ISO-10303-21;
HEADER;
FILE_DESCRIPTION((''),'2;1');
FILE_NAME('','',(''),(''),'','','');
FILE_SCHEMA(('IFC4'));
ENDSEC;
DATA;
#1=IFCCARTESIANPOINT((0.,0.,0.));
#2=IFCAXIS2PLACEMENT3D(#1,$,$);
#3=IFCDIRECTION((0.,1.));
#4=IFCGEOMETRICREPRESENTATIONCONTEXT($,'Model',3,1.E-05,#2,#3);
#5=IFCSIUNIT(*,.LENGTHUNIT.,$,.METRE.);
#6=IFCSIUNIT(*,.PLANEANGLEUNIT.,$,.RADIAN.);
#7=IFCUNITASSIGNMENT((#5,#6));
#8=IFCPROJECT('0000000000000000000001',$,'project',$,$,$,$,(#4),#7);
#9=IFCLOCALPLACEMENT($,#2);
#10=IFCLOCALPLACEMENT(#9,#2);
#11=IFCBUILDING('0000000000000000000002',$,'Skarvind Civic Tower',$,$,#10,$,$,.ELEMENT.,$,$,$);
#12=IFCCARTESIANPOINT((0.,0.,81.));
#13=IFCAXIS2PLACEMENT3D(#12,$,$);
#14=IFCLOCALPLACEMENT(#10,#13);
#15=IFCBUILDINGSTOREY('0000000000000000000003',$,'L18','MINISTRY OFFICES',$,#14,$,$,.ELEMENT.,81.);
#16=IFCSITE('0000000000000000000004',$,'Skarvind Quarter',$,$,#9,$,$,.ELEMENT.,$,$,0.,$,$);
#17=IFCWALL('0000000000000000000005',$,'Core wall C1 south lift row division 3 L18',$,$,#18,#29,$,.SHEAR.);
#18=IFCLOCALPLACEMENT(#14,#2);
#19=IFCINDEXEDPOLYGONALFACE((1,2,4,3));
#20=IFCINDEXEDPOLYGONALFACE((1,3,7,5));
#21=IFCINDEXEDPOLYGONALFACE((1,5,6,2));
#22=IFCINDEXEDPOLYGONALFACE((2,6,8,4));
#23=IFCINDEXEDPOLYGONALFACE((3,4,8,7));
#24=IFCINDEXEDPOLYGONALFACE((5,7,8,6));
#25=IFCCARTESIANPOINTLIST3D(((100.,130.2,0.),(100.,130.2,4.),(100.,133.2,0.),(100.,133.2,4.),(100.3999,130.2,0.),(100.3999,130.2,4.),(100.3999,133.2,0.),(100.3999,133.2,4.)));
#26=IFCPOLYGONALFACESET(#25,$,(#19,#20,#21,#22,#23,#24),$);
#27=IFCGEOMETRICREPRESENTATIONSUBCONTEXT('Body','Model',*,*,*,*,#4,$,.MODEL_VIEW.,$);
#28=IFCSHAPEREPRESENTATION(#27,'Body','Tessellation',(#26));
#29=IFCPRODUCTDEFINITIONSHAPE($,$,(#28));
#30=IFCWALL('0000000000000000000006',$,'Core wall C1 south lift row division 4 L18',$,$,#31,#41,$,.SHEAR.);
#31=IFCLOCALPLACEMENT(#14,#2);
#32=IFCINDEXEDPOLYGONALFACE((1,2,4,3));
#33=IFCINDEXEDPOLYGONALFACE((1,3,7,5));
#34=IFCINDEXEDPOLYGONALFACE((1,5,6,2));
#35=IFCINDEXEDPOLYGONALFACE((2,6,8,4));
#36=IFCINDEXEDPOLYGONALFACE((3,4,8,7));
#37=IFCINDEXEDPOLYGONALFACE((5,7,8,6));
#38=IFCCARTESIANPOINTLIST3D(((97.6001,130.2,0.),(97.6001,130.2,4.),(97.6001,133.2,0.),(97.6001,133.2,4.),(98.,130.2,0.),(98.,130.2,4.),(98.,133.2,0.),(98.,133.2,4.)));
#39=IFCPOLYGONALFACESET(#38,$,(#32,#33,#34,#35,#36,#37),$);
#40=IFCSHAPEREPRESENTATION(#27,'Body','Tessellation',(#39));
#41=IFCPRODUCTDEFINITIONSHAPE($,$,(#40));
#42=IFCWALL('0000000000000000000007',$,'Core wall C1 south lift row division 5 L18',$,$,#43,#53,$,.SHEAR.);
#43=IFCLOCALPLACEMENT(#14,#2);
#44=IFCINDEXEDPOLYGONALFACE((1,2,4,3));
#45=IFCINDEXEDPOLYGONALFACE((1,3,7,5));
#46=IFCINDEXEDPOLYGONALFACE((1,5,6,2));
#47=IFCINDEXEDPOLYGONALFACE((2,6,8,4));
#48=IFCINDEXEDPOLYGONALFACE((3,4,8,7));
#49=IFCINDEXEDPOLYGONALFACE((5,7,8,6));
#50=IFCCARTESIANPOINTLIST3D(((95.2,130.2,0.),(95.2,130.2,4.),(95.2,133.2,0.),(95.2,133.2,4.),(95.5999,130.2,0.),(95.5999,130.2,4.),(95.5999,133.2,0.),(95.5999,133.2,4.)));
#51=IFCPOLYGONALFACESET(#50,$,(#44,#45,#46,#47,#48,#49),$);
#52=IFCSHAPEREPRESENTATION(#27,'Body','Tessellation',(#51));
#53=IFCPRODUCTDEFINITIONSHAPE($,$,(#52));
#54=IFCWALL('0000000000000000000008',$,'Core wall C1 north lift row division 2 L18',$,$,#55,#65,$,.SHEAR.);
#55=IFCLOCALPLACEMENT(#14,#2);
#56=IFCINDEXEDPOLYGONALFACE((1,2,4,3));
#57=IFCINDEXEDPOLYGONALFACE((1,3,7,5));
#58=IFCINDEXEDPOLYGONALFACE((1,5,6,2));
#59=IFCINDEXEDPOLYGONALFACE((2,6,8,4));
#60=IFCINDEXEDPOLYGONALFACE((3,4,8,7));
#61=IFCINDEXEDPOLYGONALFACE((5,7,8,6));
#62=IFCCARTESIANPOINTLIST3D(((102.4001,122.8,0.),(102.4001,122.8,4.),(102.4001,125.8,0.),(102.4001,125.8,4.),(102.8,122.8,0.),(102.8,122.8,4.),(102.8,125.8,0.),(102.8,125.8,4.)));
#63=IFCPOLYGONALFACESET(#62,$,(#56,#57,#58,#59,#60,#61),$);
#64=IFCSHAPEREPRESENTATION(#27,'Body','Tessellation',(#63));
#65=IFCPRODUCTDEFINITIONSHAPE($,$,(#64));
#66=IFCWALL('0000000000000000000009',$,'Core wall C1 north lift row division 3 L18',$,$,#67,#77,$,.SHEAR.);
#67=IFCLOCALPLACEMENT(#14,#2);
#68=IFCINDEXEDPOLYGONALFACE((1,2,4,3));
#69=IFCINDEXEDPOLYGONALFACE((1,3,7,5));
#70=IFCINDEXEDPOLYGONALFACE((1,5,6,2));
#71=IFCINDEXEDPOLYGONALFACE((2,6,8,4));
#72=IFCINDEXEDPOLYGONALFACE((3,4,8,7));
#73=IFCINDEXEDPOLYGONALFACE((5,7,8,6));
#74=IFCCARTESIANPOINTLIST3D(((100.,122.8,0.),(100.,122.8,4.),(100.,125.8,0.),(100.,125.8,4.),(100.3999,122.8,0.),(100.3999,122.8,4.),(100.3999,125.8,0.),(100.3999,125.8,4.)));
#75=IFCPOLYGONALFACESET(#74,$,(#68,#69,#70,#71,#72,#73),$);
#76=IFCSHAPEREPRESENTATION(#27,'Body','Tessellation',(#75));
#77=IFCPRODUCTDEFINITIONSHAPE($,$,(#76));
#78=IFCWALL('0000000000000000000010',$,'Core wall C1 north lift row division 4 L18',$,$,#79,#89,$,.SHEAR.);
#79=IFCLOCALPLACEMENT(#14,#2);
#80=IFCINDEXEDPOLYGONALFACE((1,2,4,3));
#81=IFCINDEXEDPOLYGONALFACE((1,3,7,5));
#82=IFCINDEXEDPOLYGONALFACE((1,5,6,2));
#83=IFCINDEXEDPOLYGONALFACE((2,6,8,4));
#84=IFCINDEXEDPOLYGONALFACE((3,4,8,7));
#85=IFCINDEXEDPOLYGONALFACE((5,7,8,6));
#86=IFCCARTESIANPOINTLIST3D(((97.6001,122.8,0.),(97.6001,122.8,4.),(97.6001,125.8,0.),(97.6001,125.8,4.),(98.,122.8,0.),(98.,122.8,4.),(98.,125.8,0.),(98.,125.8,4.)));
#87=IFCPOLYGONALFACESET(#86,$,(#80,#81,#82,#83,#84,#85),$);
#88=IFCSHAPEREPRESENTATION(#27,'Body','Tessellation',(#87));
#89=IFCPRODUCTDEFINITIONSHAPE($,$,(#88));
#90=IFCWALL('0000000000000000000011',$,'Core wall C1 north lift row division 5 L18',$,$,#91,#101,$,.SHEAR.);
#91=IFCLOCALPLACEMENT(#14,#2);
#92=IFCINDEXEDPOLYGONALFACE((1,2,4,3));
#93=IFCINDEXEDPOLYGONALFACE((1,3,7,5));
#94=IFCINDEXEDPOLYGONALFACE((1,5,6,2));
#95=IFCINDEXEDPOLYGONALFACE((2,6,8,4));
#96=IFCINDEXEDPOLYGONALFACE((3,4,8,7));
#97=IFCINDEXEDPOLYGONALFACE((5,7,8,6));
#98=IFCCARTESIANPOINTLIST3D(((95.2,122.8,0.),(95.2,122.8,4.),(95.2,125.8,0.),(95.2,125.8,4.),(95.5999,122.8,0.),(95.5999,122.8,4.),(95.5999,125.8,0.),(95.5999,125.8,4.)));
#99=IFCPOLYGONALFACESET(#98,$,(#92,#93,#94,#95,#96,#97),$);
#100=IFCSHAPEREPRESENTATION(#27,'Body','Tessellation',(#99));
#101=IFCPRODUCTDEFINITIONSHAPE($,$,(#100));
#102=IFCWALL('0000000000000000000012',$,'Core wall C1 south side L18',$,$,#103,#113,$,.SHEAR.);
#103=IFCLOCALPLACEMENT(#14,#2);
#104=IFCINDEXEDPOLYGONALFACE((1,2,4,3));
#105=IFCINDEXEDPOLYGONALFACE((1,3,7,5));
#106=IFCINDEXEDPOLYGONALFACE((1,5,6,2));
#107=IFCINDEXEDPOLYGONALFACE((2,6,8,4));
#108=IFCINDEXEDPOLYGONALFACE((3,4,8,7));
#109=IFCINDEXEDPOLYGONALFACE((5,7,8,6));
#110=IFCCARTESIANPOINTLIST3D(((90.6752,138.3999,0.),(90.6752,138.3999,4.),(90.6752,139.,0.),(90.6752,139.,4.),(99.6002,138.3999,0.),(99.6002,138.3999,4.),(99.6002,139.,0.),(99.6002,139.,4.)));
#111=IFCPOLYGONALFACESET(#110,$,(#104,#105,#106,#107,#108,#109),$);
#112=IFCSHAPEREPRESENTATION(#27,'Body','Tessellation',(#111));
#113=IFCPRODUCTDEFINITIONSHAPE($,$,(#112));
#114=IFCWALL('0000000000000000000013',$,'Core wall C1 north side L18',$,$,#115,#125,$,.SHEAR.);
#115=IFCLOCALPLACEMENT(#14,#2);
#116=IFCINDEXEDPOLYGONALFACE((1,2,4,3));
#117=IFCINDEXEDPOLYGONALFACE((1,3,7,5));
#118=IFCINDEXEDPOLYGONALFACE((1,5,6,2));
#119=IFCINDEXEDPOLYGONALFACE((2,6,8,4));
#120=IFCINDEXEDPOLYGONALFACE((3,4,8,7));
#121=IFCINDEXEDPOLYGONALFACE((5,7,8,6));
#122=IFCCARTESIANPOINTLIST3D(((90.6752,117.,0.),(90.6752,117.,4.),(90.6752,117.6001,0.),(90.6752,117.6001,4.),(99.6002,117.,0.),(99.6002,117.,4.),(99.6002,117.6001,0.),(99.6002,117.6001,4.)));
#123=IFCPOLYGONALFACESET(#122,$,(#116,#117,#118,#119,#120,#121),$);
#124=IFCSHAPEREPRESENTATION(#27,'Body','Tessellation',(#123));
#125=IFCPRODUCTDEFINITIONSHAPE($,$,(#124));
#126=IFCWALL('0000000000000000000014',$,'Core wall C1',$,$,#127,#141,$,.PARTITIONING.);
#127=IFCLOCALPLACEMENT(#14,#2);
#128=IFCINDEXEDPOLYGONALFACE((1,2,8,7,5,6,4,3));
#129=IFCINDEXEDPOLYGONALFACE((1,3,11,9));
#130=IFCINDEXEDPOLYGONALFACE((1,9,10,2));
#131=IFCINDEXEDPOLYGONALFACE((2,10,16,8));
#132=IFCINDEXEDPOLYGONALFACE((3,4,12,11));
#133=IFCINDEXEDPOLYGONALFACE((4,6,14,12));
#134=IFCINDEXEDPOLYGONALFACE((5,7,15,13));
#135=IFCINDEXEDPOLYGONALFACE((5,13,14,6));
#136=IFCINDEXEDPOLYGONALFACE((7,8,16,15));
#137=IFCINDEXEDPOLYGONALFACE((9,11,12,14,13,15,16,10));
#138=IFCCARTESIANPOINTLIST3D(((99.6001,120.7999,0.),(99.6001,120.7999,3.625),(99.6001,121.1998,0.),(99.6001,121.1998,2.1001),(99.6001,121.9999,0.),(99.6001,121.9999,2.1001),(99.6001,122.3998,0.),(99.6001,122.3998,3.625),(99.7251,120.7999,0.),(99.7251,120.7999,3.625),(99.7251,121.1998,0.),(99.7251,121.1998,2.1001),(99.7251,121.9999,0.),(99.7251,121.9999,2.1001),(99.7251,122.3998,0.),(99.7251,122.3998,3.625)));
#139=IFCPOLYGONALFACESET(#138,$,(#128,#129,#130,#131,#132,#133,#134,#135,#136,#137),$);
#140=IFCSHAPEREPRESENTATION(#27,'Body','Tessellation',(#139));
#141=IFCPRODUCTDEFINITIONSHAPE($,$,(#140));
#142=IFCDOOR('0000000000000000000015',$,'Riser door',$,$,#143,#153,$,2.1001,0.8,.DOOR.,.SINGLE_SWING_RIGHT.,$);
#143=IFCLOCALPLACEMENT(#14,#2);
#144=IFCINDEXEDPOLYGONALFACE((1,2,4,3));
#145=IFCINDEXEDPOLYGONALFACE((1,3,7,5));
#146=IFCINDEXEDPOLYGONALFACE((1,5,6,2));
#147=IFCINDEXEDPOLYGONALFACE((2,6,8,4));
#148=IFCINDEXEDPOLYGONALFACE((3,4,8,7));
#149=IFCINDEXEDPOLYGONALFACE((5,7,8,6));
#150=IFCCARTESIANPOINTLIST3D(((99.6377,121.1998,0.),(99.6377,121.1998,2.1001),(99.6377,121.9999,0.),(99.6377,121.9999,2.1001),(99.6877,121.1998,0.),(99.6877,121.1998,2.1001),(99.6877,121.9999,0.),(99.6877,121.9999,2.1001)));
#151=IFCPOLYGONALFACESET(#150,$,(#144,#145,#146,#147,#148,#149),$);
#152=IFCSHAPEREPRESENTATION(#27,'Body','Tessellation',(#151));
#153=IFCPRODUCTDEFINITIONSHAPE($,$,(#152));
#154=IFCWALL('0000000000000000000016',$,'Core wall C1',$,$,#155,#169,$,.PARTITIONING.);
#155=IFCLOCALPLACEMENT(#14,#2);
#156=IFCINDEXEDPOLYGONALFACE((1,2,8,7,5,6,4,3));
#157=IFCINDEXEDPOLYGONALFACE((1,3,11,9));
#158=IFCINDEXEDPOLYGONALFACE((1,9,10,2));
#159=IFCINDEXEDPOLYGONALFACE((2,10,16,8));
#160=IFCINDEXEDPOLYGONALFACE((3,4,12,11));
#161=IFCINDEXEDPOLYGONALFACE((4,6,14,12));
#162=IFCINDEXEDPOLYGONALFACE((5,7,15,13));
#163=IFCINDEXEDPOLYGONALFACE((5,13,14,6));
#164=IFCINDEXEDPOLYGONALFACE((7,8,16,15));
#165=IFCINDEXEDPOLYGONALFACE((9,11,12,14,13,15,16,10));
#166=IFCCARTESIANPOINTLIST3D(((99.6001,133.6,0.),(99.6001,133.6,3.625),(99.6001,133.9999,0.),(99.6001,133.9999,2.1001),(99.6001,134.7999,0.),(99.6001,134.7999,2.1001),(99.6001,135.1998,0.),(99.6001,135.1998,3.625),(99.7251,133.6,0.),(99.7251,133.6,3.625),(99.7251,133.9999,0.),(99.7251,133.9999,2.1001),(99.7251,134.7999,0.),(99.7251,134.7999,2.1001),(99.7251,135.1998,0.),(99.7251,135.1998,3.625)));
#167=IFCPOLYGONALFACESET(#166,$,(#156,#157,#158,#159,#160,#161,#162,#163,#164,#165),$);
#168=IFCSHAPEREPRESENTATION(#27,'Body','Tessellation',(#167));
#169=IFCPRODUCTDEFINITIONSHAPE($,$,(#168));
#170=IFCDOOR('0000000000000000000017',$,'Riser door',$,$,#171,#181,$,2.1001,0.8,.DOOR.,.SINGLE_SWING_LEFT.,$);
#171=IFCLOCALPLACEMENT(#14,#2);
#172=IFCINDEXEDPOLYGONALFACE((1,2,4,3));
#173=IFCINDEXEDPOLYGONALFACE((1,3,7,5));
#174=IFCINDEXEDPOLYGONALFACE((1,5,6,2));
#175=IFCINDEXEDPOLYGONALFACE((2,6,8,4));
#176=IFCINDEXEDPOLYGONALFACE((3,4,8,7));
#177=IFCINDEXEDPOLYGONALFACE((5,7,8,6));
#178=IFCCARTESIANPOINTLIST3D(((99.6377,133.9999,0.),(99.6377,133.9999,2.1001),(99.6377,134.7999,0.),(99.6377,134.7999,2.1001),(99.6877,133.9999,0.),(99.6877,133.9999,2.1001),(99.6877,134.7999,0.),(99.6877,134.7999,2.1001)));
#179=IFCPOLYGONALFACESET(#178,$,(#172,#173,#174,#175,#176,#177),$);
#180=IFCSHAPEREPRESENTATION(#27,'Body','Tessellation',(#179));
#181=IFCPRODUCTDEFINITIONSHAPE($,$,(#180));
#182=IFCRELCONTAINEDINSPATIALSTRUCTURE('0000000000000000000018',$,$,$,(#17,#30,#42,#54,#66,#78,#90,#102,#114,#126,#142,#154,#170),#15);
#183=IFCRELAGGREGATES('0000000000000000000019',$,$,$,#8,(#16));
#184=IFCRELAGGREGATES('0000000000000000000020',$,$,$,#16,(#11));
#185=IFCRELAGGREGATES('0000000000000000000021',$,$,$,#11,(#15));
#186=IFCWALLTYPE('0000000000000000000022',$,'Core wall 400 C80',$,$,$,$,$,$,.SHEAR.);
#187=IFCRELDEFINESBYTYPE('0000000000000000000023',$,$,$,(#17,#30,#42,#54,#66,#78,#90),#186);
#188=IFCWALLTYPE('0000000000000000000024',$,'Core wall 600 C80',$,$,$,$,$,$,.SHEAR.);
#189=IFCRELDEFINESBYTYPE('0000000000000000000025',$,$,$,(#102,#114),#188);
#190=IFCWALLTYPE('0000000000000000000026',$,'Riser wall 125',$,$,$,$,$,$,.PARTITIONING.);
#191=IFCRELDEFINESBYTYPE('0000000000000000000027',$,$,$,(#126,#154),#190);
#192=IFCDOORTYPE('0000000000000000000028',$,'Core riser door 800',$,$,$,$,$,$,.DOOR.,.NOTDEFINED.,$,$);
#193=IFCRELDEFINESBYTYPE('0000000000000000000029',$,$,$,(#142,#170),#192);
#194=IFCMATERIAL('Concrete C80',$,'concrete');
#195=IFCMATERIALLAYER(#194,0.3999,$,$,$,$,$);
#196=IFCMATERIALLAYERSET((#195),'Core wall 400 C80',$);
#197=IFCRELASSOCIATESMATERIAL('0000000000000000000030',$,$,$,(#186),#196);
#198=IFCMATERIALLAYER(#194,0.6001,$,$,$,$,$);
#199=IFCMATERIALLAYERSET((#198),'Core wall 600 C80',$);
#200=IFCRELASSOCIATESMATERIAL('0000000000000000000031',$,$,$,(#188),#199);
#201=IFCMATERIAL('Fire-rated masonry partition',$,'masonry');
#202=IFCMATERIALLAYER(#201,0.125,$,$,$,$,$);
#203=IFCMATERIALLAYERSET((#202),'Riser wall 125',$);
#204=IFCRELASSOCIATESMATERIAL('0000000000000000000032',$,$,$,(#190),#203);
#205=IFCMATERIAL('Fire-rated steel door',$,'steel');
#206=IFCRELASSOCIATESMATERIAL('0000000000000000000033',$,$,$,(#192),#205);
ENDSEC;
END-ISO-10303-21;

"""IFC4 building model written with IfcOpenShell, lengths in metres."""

from ifc_helpers import new_model, si_unit, direction, frame, frame_2d, origin, place, context, subcontext, project, spatial, rectangle, extrude, material, layer, layer_set, type_object, element, fill, save


model = new_model("IFC4")

# Units and contexts
model_context = context("Model", 3, precision=1e-05, world=origin(), true_north=direction((0.0, 1.0)))
body_context = subcontext(model_context, "Body", "Model", "MODEL_VIEW")
ifc_project = project(units=[si_unit("LENGTHUNIT", "METRE"), si_unit("PLANEANGLEUNIT", "RADIAN")], contexts=[model_context])

# Site, building, storey
site_placement = place(None, origin())
site = spatial("IfcSite", under=ifc_project, at=site_placement, Name="Skarvind Quarter", CompositionType="ELEMENT", RefElevation=0.0)
building_placement = place(site_placement, origin())
building = spatial("IfcBuilding", under=site, at=building_placement, Name="Skarvind Civic Tower", CompositionType="ELEMENT")
storey_placement = place(building_placement, frame((0.0, 0.0, 81.0)))
storey = spatial("IfcBuildingStorey", under=building, at=storey_placement, Name="L18", Description="MINISTRY OFFICES", CompositionType="ELEMENT", Elevation=81.0)

# Shared definitions
ifc_material_1 = material(Name="Fire-rated masonry partition", Category="masonry")
ifc_material_2 = material(Name="Fire-rated steel door", Category="steel")
ifc_material_3 = material(Name="Concrete C80", Category="concrete")
ifc_layer_1 = layer(ifc_material_3, 0.3999)
ifc_layer_set_1 = layer_set([ifc_layer_1], Name="Core wall 400 C80")
wall_type_1 = type_object("IfcWallType", Name="Core wall 400 C80", PredefinedType="SHEAR", material=ifc_layer_set_1)

# Walls
for number, where, z_axis, x_axis, name in (
    (1, (100.2, 133.2, 0.0), (0.0, 0.0, 1.0), (0.0, -1.0, 0.0), "Core wall C1 south lift row division 3 L18"),
    (2, (97.8, 133.2, 0.0), (0.0, 0.0, 1.0), (0.0, -1.0, 0.0), "Core wall C1 south lift row division 4 L18"),
    (3, (95.3999, 133.2, 0.0), (0.0, 0.0, 1.0), (0.0, -1.0, 0.0), "Core wall C1 south lift row division 5 L18"),
    (4, (102.6001, 125.8, 0.0), (0.0, 0.0, 1.0), (0.0, -1.0, 0.0), "Core wall C1 north lift row division 2 L18"),
    (5, (100.2, 125.8, 0.0), (0.0, 0.0, 1.0), (0.0, -1.0, 0.0), "Core wall C1 north lift row division 3 L18"),
    (6, (97.8, 125.8, 0.0), (0.0, 0.0, 1.0), (0.0, -1.0, 0.0), "Core wall C1 north lift row division 4 L18"),
    (7, (95.3999, 125.8, 0.0), (0.0, 0.0, 1.0), (0.0, -1.0, 0.0), "Core wall C1 north lift row division 5 L18"),
):
    element("IfcWall", number, at=place(storey_placement, frame(where, z_axis=z_axis, x_axis=x_axis)), inside=storey, type_object=wall_type_1, Name=name, PredefinedType="SHEAR", context=body_context, shape_type="SweptSolid", body=[
        extrude(rectangle(XDim=3.0, YDim=0.3999, at=frame_2d((1.5, 0.0))), origin(), (0.0, 0.0, 1.0), 4.0),
    ])
ifc_layer_2 = layer(ifc_material_3, 0.6001)
ifc_layer_set_2 = layer_set([ifc_layer_2], Name="Core wall 600 C80")
wall_type_2 = type_object("IfcWallType", Name="Core wall 600 C80", PredefinedType="SHEAR", material=ifc_layer_set_2)
for number, where, z_axis, x_axis, name in (
    (8, (99.6001, 138.7, 0.0), (0.0, 0.0, 1.0), (-1.0, 0.0, 0.0), "Core wall C1 south side L18"),
    (9, (99.6001, 117.3, 0.0), (0.0, 0.0, 1.0), (-1.0, 0.0, 0.0), "Core wall C1 north side L18"),
):
    element("IfcWall", number, at=place(storey_placement, frame(where, z_axis=z_axis, x_axis=x_axis)), inside=storey, type_object=wall_type_2, Name=name, PredefinedType="SHEAR", context=body_context, shape_type="SweptSolid", body=[
        extrude(rectangle(XDim=8.925, YDim=0.6001, at=frame_2d((4.4624, 0.0))), origin(), (0.0, 0.0, 1.0), 4.0),
    ])

# Walls, openings, doors
ifc_layer_3 = layer(ifc_material_1, 0.125)
ifc_layer_set_3 = layer_set([ifc_layer_3], Name="Riser wall 125")
wall_type_3 = type_object("IfcWallType", Name="Riser wall 125", PredefinedType="PARTITIONING", material=ifc_layer_set_3)
wall_1_placement = place(storey_placement, frame((99.6626, 120.8, 0.0), z_axis=(0.0, 0.0, 1.0), x_axis=(0.0, 1.0, 0.0)))
wall_1 = element("IfcWall", 10, at=wall_1_placement, inside=storey, type_object=wall_type_3, Name="Core wall C1", PredefinedType="PARTITIONING", context=body_context, shape_type="SweptSolid", body=[
    extrude(rectangle(XDim=1.5999, YDim=0.125, at=frame_2d((0.7998, 0.0))), origin(), (0.0, 0.0, 1.0), 3.625),
])
opening_1_placement = place(wall_1_placement, frame((0.3999, 0.0, 0.0)))
opening_1 = element("IfcOpeningElement", 11, at=opening_1_placement, cuts=wall_1, PredefinedType="OPENING", context=body_context, shape_type="SweptSolid", body=[
    extrude(rectangle(XDim=0.8, YDim=2.1001, at=frame_2d((0.3999, 1.05))), frame((0.0, 0.0725, 0.0), z_axis=(0.0, -1.0, 0.0), x_axis=(1.0, 0.0, 0.0)), (0.0, 0.0, 1.0), 0.145),
])
door_type_1 = type_object("IfcDoorType", Name="Core riser door 800", OperationType="NOTDEFINED", PredefinedType="DOOR", material=ifc_material_2)
door_1_placement = place(opening_1_placement, origin())
door_1 = element("IfcDoor", 12, at=door_1_placement, inside=storey, type_object=door_type_1, Name="Riser door", OperationType="SINGLE_SWING_RIGHT", OverallHeight=2.1001, OverallWidth=0.8, PredefinedType="DOOR", context=body_context, shape_type="SweptSolid", body=[
    extrude(rectangle(XDim=0.8, YDim=2.1001, at=frame_2d((0.3999, 1.05))), frame((0.0, 0.0249, 0.0), z_axis=(0.0, -1.0, 0.0), x_axis=(1.0, 0.0, 0.0)), (0.0, 0.0, 1.0), 0.05),
])
fill(opening_1, door_1)
wall_2_placement = place(storey_placement, frame((99.6626, 133.6001, 0.0), z_axis=(0.0, 0.0, 1.0), x_axis=(0.0, 1.0, 0.0)))
wall_2 = element("IfcWall", 13, at=wall_2_placement, inside=storey, type_object=wall_type_3, Name="Core wall C1", PredefinedType="PARTITIONING", context=body_context, shape_type="SweptSolid", body=[
    extrude(rectangle(XDim=1.5999, YDim=0.125, at=frame_2d((0.7998, 0.0))), origin(), (0.0, 0.0, 1.0), 3.625),
])
opening_2_placement = place(wall_2_placement, frame((0.3999, 0.0, 0.0)))
opening_2 = element("IfcOpeningElement", 14, at=opening_2_placement, cuts=wall_2, PredefinedType="OPENING", context=body_context, shape_type="SweptSolid", body=[
    extrude(rectangle(XDim=0.8, YDim=2.1001, at=frame_2d((0.3999, 1.05))), frame((0.0, 0.0725, 0.0), z_axis=(0.0, -1.0, 0.0), x_axis=(1.0, 0.0, 0.0)), (0.0, 0.0, 1.0), 0.145),
])
door_2_placement = place(opening_2_placement, origin())
door_2 = element("IfcDoor", 15, at=door_2_placement, inside=storey, type_object=door_type_1, Name="Riser door", OperationType="SINGLE_SWING_LEFT", OverallHeight=2.1001, OverallWidth=0.8, PredefinedType="DOOR", context=body_context, shape_type="SweptSolid", body=[
    extrude(rectangle(XDim=0.8, YDim=2.1001, at=frame_2d((0.3999, 1.05))), frame((0.0, 0.0249, 0.0), z_axis=(0.0, -1.0, 0.0), x_axis=(1.0, 0.0, 0.0)), (0.0, 0.0, 1.0), 0.05),
])
fill(opening_2, door_2)

save(model, "model.ifc")
